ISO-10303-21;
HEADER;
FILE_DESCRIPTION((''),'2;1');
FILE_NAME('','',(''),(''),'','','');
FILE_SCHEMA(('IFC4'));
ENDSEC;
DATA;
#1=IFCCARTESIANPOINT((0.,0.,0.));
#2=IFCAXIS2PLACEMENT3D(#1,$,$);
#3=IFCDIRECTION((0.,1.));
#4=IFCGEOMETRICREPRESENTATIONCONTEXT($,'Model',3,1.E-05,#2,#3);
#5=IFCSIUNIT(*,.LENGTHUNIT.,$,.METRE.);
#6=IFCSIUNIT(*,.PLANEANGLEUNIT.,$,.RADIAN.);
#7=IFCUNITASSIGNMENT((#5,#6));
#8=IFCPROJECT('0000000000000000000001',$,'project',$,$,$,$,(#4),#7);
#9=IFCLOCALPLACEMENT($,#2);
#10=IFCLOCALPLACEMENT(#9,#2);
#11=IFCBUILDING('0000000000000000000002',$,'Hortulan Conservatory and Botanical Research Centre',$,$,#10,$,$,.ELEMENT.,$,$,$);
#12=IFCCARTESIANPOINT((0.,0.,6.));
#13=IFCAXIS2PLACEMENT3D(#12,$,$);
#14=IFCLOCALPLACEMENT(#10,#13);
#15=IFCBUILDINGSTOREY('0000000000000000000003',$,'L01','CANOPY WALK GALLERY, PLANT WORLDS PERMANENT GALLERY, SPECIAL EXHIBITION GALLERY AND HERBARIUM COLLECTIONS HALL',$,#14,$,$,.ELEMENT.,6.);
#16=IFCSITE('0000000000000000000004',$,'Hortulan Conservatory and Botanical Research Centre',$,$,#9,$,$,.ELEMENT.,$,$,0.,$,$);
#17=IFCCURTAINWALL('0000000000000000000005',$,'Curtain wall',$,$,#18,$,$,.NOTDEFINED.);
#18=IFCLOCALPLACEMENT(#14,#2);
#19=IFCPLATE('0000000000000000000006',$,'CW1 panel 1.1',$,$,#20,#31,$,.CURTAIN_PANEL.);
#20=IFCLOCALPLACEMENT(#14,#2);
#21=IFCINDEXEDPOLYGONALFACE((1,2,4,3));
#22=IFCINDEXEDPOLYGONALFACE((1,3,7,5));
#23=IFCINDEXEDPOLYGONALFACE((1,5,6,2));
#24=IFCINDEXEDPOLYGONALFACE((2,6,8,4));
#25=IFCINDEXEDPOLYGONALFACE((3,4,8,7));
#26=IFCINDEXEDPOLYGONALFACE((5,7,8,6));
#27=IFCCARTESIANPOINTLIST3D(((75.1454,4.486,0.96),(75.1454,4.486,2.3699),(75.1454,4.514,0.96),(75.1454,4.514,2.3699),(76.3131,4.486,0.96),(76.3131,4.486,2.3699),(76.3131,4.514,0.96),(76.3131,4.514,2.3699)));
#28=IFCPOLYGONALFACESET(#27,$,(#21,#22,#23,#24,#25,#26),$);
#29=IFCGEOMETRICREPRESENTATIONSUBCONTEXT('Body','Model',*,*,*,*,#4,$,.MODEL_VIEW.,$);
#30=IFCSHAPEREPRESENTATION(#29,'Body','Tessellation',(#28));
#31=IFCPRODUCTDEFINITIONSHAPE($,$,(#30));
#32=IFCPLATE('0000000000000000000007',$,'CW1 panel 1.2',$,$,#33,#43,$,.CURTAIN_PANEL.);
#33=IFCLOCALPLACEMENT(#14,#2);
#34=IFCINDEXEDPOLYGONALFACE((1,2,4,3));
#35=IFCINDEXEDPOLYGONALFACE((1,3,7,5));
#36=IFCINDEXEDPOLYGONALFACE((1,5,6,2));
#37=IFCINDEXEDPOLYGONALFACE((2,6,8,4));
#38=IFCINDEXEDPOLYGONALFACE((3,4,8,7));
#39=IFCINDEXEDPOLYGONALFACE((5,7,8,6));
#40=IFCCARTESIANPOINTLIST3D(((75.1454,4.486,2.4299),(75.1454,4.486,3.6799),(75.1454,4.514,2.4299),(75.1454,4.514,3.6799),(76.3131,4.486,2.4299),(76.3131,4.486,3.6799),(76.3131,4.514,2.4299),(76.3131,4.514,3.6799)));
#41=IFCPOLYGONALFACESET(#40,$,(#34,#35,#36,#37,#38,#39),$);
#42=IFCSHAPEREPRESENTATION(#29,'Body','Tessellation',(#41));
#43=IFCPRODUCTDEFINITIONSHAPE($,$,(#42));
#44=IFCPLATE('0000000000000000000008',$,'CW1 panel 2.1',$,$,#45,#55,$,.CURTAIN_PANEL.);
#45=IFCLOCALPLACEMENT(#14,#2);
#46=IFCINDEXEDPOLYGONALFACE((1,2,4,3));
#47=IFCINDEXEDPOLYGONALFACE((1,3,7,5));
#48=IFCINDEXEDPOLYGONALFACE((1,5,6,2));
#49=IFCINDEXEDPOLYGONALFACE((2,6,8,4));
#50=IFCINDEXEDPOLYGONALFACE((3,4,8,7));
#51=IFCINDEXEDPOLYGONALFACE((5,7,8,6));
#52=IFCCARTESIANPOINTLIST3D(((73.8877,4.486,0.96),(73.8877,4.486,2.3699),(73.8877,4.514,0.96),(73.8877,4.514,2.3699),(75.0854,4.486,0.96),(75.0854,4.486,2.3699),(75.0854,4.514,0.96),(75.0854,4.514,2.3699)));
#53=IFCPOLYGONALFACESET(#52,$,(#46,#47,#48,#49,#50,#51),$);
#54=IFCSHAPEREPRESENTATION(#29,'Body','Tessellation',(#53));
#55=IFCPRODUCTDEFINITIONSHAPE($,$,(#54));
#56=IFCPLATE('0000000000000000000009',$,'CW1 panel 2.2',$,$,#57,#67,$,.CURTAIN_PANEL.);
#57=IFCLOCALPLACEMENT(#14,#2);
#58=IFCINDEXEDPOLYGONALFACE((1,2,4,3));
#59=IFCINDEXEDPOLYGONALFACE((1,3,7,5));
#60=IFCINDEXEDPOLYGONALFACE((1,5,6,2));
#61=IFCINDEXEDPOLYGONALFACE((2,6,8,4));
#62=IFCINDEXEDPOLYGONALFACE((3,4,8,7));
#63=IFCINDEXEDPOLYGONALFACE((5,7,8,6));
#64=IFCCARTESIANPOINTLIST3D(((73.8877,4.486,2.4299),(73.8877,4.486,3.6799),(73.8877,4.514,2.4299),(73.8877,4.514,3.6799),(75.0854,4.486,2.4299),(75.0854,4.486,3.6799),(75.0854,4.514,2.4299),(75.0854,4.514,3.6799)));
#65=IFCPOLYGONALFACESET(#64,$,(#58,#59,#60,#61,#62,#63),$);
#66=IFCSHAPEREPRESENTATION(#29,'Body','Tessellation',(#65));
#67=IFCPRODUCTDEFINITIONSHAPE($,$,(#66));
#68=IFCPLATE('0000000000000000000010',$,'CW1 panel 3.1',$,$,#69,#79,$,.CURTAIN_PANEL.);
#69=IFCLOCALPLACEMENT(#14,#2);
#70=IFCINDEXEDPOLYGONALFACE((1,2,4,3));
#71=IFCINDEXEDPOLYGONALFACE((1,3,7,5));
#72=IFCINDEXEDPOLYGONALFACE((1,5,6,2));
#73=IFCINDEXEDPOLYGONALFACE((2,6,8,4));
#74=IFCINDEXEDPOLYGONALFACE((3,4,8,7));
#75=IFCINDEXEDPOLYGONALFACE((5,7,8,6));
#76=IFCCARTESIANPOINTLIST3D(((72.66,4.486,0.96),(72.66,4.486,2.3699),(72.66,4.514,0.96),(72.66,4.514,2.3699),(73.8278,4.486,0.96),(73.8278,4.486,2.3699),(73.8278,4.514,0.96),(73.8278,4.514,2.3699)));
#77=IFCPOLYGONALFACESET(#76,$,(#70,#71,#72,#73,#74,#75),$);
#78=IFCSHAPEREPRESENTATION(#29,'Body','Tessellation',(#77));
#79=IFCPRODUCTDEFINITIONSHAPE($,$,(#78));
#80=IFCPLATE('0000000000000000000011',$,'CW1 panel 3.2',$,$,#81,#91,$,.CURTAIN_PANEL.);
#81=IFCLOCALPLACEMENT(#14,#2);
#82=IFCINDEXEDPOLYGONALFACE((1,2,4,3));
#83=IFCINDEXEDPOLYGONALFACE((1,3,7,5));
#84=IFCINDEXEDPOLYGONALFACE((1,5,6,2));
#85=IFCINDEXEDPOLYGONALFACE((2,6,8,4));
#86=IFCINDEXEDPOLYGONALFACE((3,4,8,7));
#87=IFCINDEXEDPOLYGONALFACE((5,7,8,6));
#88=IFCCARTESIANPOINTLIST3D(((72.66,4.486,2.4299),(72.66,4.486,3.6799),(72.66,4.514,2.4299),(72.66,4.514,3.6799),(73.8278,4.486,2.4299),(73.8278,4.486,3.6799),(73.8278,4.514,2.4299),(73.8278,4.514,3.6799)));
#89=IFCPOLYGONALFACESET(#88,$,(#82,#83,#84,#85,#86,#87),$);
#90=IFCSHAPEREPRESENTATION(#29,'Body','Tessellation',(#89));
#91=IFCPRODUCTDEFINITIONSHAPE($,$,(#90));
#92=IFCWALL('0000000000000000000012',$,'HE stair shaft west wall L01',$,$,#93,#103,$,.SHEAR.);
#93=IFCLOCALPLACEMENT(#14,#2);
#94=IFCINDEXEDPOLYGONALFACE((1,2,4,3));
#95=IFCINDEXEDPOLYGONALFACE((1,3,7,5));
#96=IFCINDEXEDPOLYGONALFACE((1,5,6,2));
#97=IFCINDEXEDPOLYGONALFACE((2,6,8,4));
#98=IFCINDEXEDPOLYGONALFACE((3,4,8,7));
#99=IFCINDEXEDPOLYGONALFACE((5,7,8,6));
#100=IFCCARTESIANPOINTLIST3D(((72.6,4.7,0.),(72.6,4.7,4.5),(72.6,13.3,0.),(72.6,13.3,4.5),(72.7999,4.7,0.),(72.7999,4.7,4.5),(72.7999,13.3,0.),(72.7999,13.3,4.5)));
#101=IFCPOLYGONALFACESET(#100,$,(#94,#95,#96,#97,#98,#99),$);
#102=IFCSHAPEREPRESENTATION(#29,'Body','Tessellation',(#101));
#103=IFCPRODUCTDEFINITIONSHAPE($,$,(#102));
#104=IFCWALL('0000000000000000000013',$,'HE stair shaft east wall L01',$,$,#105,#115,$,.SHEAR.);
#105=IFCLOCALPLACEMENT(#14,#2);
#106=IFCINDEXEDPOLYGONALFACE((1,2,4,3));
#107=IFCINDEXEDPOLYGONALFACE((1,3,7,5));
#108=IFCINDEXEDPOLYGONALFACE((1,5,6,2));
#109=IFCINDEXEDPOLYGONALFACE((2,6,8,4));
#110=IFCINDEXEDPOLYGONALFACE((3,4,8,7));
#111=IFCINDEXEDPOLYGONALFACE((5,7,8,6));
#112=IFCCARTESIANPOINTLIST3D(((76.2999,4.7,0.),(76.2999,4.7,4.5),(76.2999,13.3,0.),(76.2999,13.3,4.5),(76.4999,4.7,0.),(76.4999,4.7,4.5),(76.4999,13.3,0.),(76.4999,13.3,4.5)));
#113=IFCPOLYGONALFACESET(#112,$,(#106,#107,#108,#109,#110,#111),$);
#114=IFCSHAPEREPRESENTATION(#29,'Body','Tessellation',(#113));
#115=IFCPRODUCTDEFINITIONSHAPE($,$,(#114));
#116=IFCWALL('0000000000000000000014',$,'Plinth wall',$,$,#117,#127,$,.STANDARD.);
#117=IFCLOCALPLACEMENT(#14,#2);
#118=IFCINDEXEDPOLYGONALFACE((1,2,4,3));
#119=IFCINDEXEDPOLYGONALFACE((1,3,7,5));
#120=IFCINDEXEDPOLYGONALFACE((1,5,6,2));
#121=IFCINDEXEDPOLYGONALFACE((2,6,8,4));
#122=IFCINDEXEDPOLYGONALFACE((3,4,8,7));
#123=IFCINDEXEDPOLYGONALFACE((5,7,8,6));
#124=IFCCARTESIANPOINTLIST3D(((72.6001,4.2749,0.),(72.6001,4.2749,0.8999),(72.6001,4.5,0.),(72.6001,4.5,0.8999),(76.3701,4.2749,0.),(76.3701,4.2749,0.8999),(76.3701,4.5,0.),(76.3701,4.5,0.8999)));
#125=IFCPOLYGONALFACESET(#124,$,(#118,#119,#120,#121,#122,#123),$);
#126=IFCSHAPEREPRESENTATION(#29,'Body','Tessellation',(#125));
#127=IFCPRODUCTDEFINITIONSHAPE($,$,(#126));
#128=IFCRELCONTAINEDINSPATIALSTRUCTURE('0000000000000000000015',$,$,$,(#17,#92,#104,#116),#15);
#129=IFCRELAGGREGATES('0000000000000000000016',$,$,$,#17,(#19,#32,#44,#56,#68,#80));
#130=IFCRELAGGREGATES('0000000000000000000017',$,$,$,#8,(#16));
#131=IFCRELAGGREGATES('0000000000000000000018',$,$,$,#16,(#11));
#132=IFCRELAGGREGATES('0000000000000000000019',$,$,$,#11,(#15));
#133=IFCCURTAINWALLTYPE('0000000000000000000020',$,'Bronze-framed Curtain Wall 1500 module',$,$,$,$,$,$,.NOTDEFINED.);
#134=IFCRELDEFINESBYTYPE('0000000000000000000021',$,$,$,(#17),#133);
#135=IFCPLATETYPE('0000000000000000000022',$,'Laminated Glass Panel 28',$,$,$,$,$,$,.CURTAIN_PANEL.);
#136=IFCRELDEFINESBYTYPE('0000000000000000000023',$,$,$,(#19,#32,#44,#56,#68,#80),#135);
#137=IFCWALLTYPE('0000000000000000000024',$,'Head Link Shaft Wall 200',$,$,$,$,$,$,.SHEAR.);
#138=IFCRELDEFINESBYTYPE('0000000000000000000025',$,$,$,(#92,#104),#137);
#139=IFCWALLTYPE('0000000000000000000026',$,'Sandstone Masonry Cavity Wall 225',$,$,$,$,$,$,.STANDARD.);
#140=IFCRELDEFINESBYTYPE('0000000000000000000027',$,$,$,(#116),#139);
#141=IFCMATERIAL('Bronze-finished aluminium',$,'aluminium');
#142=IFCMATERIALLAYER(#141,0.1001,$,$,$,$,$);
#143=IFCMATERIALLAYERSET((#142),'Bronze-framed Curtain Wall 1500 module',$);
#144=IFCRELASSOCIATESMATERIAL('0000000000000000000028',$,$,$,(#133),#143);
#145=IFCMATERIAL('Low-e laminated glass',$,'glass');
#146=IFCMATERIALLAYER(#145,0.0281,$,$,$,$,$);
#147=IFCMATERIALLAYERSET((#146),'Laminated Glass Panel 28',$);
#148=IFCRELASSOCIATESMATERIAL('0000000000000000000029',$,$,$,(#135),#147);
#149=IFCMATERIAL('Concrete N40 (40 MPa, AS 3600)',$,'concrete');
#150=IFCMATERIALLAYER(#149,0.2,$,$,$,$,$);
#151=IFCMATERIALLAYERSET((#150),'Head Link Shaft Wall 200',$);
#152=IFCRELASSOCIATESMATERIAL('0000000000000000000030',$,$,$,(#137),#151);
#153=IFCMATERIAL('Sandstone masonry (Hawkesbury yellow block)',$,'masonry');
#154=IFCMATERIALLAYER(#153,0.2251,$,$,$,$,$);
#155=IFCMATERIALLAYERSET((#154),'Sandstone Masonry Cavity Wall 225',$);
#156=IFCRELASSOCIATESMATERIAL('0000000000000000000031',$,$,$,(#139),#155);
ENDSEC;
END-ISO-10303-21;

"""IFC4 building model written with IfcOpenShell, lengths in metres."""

from ifc_helpers import new_model, si_unit, direction, frame, frame_2d, origin, origin_2d, place, context, subcontext, project, spatial, rectangle, extrude, material, layer, layer_set, type_object, element, aggregate, save


model = new_model("IFC4")

# Units and contexts
model_context = context("Model", 3, precision=1e-05, world=origin(), true_north=direction((0.0, 1.0)))
body_context = subcontext(model_context, "Body", "Model", "MODEL_VIEW")
ifc_project = project(units=[si_unit("LENGTHUNIT", "METRE"), si_unit("PLANEANGLEUNIT", "RADIAN")], contexts=[model_context])

# Site, building, storey
site_placement = place(None, origin())
site = spatial("IfcSite", under=ifc_project, at=site_placement, Name="Hortulan Conservatory and Botanical Research Centre", CompositionType="ELEMENT", RefElevation=0.0)
building_placement = place(site_placement, origin())
building = spatial("IfcBuilding", under=site, at=building_placement, Name="Hortulan Conservatory and Botanical Research Centre", CompositionType="ELEMENT")
storey_placement = place(building_placement, frame((0.0, 0.0, 6.0)))
storey = spatial("IfcBuildingStorey", under=building, at=storey_placement, Name="L01", Description="CANOPY WALK GALLERY, PLANT WORLDS PERMANENT GALLERY, SPECIAL EXHIBITION GALLERY AND HERBARIUM COLLECTIONS HALL", CompositionType="ELEMENT", Elevation=6.0)

# Curtain wall
ifc_material_1 = material(Name="Bronze-finished aluminium", Category="aluminium")
ifc_layer_1 = layer(ifc_material_1, 0.1001)
ifc_layer_set_1 = layer_set([ifc_layer_1], Name="Bronze-framed Curtain Wall 1500 module")
curtain_wall_type = type_object("IfcCurtainWallType", Name="Bronze-framed Curtain Wall 1500 module", PredefinedType="NOTDEFINED", material=ifc_layer_set_1)
curtain_wall_placement = place(storey_placement, origin())
curtain_wall = element("IfcCurtainWall", 1, at=curtain_wall_placement, inside=storey, type_object=curtain_wall_type, Name="Curtain wall", PredefinedType="NOTDEFINED")

# Plates
ifc_material_2 = material(Name="Low-e laminated glass", Category="glass")
ifc_layer_2 = layer(ifc_material_2, 0.0281)
ifc_layer_set_2 = layer_set([ifc_layer_2], Name="Laminated Glass Panel 28")
plate_type = type_object("IfcPlateType", Name="Laminated Glass Panel 28", PredefinedType="CURTAIN_PANEL", material=ifc_layer_set_2)
plate_1_placement = place(storey_placement, frame((75.7292, 4.5, 0.96), z_axis=(0.0, 0.0, 1.0), x_axis=(-1.0, 0.0, 0.0)))
plate_1 = element("IfcPlate", 2, at=plate_1_placement, type_object=plate_type, Name="CW1 panel 1.1", PredefinedType="CURTAIN_PANEL", context=body_context, shape_type="SweptSolid", body=[
    extrude(rectangle(XDim=1.1677, YDim=0.0281, at=origin_2d()), origin(), (0.0, 0.0, 1.0), 1.4099),
])
plate_2_placement = place(storey_placement, frame((75.7292, 4.5, 2.4299), z_axis=(0.0, 0.0, 1.0), x_axis=(-1.0, 0.0, 0.0)))
plate_2 = element("IfcPlate", 3, at=plate_2_placement, type_object=plate_type, Name="CW1 panel 1.2", PredefinedType="CURTAIN_PANEL", context=body_context, shape_type="SweptSolid", body=[
    extrude(rectangle(XDim=1.1677, YDim=0.0281, at=origin_2d()), origin(), (0.0, 0.0, 1.0), 1.25),
])
plate_3_placement = place(storey_placement, frame((74.4866, 4.5, 0.96), z_axis=(0.0, 0.0, 1.0), x_axis=(-1.0, 0.0, 0.0)))
plate_3 = element("IfcPlate", 4, at=plate_3_placement, type_object=plate_type, Name="CW1 panel 2.1", PredefinedType="CURTAIN_PANEL", context=body_context, shape_type="SweptSolid", body=[
    extrude(rectangle(XDim=1.1978, YDim=0.0281, at=origin_2d()), origin(), (0.0, 0.0, 1.0), 1.4099),
])
plate_4_placement = place(storey_placement, frame((74.4866, 4.5, 2.4299), z_axis=(0.0, 0.0, 1.0), x_axis=(-1.0, 0.0, 0.0)))
plate_4 = element("IfcPlate", 5, at=plate_4_placement, type_object=plate_type, Name="CW1 panel 2.2", PredefinedType="CURTAIN_PANEL", context=body_context, shape_type="SweptSolid", body=[
    extrude(rectangle(XDim=1.1978, YDim=0.0281, at=origin_2d()), origin(), (0.0, 0.0, 1.0), 1.25),
])
plate_5_placement = place(storey_placement, frame((73.2439, 4.5, 0.96), z_axis=(0.0, 0.0, 1.0), x_axis=(-1.0, 0.0, 0.0)))
plate_5 = element("IfcPlate", 6, at=plate_5_placement, type_object=plate_type, Name="CW1 panel 3.1", PredefinedType="CURTAIN_PANEL", context=body_context, shape_type="SweptSolid", body=[
    extrude(rectangle(XDim=1.1677, YDim=0.0281, at=origin_2d()), origin(), (0.0, 0.0, 1.0), 1.4099),
])
plate_6_placement = place(storey_placement, frame((73.2439, 4.5, 2.4299), z_axis=(0.0, 0.0, 1.0), x_axis=(-1.0, 0.0, 0.0)))
plate_6 = element("IfcPlate", 7, at=plate_6_placement, type_object=plate_type, Name="CW1 panel 3.2", PredefinedType="CURTAIN_PANEL", context=body_context, shape_type="SweptSolid", body=[
    extrude(rectangle(XDim=1.1677, YDim=0.0281, at=origin_2d()), origin(), (0.0, 0.0, 1.0), 1.25),
])
aggregate(curtain_wall, [plate_1, plate_2, plate_3, plate_4, plate_5, plate_6])

# Walls
ifc_material_3 = material(Name="Concrete N40 (40 MPa, AS 3600)", Category="concrete")
ifc_layer_3 = layer(ifc_material_3, 0.2)
ifc_layer_set_3 = layer_set([ifc_layer_3], Name="Head Link Shaft Wall 200")
wall_type_1 = type_object("IfcWallType", Name="Head Link Shaft Wall 200", PredefinedType="SHEAR", material=ifc_layer_set_3)
for number, where, z_axis, x_axis, name in (
    (8, (72.7, 4.7, 0.0), (0.0, 0.0, 1.0), (0.0, 1.0, 0.0), "HE stair shaft west wall L01"),
    (9, (76.3999, 4.7, 0.0), (0.0, 0.0, 1.0), (0.0, 1.0, 0.0), "HE stair shaft east wall L01"),
):
    element("IfcWall", number, at=place(storey_placement, frame(where, z_axis=z_axis, x_axis=x_axis)), inside=storey, type_object=wall_type_1, Name=name, PredefinedType="SHEAR", context=body_context, shape_type="SweptSolid", body=[
        extrude(rectangle(XDim=8.6001, YDim=0.2, at=frame_2d((4.3, 0.0))), origin(), (0.0, 0.0, 1.0), 4.5),
    ])
ifc_material_4 = material(Name="Sandstone masonry (Hawkesbury yellow block)", Category="masonry")
ifc_layer_4 = layer(ifc_material_4, 0.2251)
ifc_layer_set_4 = layer_set([ifc_layer_4], Name="Sandstone Masonry Cavity Wall 225")
wall_type_2 = type_object("IfcWallType", Name="Sandstone Masonry Cavity Wall 225", PredefinedType="STANDARD", material=ifc_layer_set_4)
wall_placement = place(storey_placement, frame((76.3701, 4.3875, 0.0), z_axis=(0.0, 0.0, 1.0), x_axis=(-1.0, 0.0, 0.0)))
element("IfcWall", 10, at=wall_placement, inside=storey, type_object=wall_type_2, Name="Plinth wall", PredefinedType="STANDARD", context=body_context, shape_type="SweptSolid", body=[
    extrude(rectangle(XDim=3.77, YDim=0.2251, at=frame_2d((1.885, 0.0))), origin(), (0.0, 0.0, 1.0), 0.8999),
])

save(model, "model.ifc")
